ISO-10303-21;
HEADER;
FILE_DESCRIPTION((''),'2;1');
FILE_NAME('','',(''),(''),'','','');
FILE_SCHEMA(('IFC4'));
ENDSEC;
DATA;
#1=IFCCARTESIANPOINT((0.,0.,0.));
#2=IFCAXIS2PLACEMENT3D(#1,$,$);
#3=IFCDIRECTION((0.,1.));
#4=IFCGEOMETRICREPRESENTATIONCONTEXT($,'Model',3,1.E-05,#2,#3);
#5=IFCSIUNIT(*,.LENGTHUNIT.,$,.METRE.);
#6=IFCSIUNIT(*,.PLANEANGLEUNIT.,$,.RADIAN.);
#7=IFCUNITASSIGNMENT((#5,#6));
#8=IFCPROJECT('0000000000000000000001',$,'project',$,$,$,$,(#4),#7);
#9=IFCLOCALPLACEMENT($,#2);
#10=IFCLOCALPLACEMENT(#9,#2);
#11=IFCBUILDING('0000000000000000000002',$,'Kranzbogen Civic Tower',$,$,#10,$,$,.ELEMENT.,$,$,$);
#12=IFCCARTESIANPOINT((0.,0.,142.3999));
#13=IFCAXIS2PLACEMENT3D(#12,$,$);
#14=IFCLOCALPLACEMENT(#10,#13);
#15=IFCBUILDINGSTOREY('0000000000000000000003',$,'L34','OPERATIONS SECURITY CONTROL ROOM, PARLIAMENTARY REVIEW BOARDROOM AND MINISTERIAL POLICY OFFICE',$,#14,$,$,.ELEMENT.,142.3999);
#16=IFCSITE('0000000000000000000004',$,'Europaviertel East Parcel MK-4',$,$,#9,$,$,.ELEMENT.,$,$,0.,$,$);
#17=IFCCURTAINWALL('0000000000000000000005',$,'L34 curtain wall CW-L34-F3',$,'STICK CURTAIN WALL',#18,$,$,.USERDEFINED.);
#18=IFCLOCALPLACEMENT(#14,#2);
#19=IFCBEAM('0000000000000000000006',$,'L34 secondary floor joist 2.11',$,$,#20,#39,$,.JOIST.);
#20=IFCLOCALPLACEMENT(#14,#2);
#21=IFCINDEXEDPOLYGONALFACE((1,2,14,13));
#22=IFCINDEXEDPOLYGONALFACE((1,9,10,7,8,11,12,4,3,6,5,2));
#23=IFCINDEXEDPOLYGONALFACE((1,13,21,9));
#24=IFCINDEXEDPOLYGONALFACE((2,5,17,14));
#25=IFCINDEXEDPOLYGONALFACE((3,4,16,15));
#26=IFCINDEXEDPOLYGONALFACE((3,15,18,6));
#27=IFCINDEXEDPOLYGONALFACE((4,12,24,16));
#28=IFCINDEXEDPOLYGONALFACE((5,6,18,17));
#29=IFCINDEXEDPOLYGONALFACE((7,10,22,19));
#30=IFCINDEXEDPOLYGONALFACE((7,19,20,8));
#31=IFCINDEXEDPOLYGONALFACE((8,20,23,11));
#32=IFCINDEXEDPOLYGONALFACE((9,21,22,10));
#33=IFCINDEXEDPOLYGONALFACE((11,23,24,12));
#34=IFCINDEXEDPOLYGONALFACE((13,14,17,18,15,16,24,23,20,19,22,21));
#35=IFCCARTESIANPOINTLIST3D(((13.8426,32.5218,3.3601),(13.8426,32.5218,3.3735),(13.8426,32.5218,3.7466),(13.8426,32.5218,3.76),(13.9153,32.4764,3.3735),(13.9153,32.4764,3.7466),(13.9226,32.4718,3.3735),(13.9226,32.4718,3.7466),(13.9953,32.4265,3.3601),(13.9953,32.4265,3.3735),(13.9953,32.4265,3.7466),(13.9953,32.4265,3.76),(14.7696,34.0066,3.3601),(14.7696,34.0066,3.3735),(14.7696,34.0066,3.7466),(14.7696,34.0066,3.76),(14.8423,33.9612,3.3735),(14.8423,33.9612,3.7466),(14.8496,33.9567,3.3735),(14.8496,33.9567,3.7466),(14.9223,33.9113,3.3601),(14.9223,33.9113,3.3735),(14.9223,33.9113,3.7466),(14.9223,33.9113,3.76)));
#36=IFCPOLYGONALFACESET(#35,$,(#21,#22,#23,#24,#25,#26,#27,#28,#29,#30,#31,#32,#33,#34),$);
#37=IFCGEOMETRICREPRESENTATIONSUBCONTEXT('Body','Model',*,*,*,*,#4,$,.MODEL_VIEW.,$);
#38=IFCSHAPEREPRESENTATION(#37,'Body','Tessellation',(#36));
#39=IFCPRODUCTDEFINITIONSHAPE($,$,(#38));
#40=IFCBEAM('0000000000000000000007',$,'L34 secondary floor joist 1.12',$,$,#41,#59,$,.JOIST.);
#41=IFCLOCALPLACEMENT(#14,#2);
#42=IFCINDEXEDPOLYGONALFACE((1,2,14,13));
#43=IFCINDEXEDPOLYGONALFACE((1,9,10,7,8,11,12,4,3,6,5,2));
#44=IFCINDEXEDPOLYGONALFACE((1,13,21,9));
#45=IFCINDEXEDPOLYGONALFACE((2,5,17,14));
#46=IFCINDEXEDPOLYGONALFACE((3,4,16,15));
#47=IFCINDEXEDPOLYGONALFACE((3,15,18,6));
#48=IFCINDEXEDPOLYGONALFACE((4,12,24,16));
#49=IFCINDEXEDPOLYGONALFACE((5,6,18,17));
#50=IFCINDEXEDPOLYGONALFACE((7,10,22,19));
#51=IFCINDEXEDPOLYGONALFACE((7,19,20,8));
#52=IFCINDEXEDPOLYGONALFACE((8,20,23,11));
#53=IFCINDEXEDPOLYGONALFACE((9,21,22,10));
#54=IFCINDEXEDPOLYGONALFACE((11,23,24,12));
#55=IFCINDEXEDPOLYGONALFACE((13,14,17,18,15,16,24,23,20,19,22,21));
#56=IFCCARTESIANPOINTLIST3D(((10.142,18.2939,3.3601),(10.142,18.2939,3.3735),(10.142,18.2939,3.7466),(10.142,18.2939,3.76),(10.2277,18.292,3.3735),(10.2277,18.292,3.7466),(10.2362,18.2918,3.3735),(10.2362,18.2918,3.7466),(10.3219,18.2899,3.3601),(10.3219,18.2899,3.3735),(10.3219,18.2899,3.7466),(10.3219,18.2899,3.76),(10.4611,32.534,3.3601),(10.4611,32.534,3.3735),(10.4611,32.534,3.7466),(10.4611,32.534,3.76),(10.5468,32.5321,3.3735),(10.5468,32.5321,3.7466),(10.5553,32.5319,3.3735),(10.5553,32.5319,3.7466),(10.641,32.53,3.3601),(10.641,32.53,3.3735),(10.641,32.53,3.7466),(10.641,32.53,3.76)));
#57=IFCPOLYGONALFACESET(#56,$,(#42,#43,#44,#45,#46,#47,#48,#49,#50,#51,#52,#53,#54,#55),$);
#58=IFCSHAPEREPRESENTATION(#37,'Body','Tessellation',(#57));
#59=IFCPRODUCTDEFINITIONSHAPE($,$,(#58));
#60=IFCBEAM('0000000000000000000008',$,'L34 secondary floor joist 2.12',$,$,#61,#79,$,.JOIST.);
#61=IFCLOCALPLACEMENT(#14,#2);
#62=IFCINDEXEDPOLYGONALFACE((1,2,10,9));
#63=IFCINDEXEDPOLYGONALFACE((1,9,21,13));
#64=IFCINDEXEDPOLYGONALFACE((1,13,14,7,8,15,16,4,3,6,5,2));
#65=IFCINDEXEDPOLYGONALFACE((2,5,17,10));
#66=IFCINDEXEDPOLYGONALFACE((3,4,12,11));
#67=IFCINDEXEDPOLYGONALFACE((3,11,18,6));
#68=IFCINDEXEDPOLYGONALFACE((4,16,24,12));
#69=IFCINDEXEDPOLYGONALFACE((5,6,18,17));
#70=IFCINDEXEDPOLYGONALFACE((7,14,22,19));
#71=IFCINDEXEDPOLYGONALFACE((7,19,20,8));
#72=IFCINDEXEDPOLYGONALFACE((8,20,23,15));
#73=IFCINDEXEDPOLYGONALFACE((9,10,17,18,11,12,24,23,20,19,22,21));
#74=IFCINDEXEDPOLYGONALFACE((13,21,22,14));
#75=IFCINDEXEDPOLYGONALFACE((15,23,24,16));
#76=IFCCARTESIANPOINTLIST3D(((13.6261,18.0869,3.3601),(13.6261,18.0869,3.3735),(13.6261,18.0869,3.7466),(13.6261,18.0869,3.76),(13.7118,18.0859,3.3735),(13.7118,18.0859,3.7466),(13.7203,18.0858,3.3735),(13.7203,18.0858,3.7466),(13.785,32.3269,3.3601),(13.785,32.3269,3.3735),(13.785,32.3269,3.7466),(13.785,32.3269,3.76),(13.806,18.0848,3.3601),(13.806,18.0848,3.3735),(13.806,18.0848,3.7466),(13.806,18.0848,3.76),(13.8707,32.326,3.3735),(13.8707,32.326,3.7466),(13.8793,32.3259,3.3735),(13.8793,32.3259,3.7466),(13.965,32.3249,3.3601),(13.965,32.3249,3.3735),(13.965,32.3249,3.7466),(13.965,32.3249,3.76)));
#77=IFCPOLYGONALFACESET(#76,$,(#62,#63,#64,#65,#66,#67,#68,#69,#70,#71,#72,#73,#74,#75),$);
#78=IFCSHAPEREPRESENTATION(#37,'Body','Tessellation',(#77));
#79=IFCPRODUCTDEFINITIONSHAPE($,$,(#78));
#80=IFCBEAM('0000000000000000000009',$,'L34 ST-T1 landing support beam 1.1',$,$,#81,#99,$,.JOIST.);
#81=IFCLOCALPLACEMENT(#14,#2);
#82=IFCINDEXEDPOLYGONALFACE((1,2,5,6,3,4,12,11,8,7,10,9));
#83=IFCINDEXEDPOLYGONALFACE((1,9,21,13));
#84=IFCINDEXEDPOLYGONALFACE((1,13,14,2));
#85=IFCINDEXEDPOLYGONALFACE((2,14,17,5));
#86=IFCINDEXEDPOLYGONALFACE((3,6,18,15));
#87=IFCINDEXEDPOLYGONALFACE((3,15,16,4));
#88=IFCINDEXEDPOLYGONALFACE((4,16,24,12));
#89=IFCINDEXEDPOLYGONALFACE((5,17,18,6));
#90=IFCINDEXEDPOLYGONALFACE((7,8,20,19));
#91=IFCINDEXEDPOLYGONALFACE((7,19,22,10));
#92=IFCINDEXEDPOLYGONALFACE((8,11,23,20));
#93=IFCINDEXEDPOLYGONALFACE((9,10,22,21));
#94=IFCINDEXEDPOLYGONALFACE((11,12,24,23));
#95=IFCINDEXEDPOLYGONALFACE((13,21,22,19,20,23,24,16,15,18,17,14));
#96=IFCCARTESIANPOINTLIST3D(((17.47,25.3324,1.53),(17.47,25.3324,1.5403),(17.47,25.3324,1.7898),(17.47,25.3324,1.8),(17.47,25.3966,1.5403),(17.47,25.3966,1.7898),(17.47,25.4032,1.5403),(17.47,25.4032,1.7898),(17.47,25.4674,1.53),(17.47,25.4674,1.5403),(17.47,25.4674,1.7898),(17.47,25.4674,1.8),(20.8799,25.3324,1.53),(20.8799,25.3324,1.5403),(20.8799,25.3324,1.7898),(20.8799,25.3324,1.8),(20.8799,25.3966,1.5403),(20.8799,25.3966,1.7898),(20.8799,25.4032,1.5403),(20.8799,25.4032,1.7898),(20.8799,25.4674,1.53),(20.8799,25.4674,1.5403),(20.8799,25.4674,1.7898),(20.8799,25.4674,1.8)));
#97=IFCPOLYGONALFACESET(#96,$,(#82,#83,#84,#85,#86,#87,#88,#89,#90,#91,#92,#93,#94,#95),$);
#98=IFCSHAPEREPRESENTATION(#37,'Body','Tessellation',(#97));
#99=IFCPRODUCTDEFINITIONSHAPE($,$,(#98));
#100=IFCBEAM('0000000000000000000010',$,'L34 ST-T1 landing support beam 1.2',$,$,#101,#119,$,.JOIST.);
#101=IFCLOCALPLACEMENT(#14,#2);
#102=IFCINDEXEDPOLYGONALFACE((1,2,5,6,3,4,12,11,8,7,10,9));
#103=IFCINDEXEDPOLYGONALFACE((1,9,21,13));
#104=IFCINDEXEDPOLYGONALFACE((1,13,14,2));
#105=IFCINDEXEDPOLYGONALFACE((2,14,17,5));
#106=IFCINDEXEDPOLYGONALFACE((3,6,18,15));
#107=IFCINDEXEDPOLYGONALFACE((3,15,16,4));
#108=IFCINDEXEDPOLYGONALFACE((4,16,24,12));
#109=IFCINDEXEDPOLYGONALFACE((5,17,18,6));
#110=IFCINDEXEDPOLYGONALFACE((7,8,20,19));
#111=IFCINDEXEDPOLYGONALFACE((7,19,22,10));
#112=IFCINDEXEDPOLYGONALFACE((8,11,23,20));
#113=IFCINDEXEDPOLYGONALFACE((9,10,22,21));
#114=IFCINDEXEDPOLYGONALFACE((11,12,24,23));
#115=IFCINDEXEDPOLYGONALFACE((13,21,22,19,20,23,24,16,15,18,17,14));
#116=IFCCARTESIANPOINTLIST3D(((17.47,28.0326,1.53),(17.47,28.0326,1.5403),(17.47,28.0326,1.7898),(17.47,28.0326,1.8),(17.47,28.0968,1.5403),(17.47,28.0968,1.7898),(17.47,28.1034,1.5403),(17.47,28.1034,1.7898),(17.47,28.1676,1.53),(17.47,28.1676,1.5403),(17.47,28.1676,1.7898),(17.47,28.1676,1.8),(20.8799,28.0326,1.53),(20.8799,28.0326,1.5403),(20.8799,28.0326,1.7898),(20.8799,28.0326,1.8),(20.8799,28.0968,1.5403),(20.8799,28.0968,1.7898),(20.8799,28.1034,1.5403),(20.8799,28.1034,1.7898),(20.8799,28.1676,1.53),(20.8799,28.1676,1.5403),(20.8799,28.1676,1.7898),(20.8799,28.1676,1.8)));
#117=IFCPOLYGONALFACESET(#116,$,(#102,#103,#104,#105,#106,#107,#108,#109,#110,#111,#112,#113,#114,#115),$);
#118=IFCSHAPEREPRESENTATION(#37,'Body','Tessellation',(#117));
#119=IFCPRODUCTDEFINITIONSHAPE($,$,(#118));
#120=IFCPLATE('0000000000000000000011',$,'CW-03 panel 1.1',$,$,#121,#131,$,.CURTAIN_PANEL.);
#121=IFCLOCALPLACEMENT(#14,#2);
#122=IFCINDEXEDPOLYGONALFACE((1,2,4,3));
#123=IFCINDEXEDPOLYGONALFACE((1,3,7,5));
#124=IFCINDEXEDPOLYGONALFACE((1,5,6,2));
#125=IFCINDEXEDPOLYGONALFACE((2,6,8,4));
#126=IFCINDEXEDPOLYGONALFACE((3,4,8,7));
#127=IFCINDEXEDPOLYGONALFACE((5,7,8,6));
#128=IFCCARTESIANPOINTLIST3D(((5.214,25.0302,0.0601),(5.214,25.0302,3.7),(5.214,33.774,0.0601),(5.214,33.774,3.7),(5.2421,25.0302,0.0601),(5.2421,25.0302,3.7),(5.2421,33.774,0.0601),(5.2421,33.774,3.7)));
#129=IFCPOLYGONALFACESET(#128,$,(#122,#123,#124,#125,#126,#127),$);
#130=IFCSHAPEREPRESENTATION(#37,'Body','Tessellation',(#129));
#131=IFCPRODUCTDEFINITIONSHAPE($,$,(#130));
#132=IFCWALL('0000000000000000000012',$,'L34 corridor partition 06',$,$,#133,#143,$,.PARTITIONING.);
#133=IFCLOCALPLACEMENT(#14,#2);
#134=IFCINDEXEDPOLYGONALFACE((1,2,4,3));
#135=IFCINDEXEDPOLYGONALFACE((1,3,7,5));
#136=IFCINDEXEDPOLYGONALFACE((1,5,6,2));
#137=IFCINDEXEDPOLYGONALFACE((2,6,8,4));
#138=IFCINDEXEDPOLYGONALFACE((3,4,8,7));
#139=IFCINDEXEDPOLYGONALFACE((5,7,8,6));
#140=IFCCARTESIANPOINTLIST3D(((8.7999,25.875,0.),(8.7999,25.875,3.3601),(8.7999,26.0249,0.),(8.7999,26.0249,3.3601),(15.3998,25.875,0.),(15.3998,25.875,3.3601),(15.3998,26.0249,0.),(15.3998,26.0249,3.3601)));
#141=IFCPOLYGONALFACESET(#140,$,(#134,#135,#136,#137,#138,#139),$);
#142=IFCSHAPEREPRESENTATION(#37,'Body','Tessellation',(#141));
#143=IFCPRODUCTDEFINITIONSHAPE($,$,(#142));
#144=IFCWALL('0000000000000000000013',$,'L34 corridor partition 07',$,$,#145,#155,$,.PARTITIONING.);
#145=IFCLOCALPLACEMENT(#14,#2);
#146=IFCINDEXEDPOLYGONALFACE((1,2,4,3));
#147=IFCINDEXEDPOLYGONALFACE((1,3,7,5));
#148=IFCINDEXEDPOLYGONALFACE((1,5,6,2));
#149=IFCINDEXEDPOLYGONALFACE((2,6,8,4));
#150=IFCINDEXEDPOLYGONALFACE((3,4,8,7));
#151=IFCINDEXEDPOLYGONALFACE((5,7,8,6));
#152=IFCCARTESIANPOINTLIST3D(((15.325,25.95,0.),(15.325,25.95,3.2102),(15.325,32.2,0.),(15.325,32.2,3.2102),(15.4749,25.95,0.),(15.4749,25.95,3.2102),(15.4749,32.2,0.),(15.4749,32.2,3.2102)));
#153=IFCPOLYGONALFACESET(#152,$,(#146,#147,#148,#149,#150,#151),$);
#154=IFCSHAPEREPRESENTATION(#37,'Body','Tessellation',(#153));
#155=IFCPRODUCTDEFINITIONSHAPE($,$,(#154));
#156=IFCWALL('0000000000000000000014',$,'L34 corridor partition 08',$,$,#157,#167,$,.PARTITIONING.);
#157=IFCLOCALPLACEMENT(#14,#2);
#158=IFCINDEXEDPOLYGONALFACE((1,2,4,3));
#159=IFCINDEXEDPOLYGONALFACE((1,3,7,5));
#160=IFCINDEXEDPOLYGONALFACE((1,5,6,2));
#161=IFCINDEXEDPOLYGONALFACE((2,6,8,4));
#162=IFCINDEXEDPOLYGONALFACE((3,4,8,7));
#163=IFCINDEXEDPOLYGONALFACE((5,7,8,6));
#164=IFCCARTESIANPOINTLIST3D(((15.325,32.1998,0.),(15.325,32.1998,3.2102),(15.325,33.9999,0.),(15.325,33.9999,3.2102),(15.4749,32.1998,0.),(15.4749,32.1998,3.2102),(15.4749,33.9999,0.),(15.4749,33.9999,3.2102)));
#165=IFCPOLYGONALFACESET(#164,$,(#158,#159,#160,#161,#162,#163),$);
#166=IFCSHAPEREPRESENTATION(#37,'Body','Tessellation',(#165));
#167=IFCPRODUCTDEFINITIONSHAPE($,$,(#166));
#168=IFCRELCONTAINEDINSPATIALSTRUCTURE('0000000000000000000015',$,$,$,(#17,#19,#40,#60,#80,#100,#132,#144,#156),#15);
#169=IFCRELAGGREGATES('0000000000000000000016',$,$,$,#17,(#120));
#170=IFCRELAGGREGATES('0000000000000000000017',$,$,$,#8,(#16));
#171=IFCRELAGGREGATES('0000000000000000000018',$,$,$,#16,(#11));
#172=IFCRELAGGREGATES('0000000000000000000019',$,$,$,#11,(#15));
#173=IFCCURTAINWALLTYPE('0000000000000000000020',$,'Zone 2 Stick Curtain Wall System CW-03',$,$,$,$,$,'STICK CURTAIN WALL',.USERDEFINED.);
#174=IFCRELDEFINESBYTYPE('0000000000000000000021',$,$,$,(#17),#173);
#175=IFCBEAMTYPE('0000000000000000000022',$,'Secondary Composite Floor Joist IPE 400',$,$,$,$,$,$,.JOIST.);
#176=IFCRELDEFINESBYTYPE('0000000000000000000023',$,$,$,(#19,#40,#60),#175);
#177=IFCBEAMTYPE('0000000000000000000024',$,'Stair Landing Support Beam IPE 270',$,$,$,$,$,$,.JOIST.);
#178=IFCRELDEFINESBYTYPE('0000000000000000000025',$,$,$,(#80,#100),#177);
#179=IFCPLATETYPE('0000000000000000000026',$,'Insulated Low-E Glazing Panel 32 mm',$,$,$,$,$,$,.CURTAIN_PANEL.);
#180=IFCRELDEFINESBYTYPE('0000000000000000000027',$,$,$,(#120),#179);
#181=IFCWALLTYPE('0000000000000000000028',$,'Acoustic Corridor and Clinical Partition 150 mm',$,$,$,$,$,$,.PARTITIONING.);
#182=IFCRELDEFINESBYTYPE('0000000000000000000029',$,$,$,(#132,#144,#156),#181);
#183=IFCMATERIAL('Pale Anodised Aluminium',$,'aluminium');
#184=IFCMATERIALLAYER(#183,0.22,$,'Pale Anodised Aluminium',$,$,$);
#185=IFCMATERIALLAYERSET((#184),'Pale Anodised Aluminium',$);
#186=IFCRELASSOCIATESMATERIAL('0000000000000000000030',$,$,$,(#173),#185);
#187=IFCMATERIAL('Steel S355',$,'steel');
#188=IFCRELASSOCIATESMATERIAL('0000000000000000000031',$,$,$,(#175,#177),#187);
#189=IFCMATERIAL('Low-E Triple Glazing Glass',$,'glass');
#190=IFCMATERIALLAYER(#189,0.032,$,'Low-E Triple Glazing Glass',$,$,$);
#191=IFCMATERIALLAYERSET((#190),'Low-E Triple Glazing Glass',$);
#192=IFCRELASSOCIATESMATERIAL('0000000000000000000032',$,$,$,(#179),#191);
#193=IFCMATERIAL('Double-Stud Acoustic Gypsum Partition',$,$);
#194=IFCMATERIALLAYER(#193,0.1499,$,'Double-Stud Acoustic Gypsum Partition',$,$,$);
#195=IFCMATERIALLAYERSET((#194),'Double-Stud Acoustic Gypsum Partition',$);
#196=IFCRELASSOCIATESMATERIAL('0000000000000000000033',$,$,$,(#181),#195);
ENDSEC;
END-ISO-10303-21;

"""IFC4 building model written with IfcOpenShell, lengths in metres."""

from ifc_helpers import new_model, si_unit, direction, frame, frame_2d, origin, origin_2d, place, context, subcontext, project, spatial, rectangle, i_section, extrude, material, layer, layer_set, material_profile, profile_set, type_object, element, aggregate, save


model = new_model("IFC4")

# Units and contexts
model_context = context("Model", 3, precision=1e-05, world=origin(), true_north=direction((0.0, 1.0)))
body_context = subcontext(model_context, "Body", "Model", "MODEL_VIEW")
ifc_project = project(units=[si_unit("LENGTHUNIT", "METRE"), si_unit("PLANEANGLEUNIT", "RADIAN")], contexts=[model_context])

# Site, building, storey
site_placement = place(None, origin())
site = spatial("IfcSite", under=ifc_project, at=site_placement, Name="Europaviertel East Parcel MK-4", CompositionType="ELEMENT", RefElevation=0.0)
building_placement = place(site_placement, origin())
building = spatial("IfcBuilding", under=site, at=building_placement, Name="Kranzbogen Civic Tower", CompositionType="ELEMENT")
storey_placement = place(building_placement, frame((0.0, 0.0, 142.3999)))
storey = spatial("IfcBuildingStorey", under=building, at=storey_placement, Name="L34", Description="OPERATIONS SECURITY CONTROL ROOM, PARLIAMENTARY REVIEW BOARDROOM AND MINISTERIAL POLICY OFFICE", CompositionType="ELEMENT", Elevation=142.3999)

# Shared definitions
ifc_material_1 = material(Name="Steel S355", Category="steel")

# Curtain wall
ifc_material_2 = material(Name="Pale Anodised Aluminium", Category="aluminium")
ifc_layer_1 = layer(ifc_material_2, 0.22, Name="Pale Anodised Aluminium")
ifc_layer_set_1 = layer_set([ifc_layer_1], Name="Pale Anodised Aluminium")
curtain_wall_type = type_object("IfcCurtainWallType", Name="Zone 2 Stick Curtain Wall System CW-03", ElementType="STICK CURTAIN WALL", PredefinedType="USERDEFINED", material=ifc_layer_set_1)
curtain_wall_placement = place(storey_placement, origin())
curtain_wall = element("IfcCurtainWall", 1, at=curtain_wall_placement, inside=storey, type_object=curtain_wall_type, Name="L34 curtain wall CW-L34-F3", ObjectType="STICK CURTAIN WALL", PredefinedType="USERDEFINED")

# Beams
ifc_material_profile_1 = material_profile(ifc_material_1, i_section(OverallWidth=0.1799, OverallDepth=0.3999, WebThickness=0.0085, FlangeThickness=0.0134, at=origin_2d()), Name="IPE 400")
ifc_profile_set_1 = profile_set([ifc_material_profile_1], Name="Steel S355")
beam_type_1 = type_object("IfcBeamType", Name="Secondary Composite Floor Joist IPE 400", PredefinedType="JOIST", material=ifc_profile_set_1)
beam_1_placement = place(storey_placement, frame((14.8459, 33.959, 3.5601), z_axis=(-0.529573, -0.848265, 0.0), x_axis=(0.848265, -0.529573, 0.0)))
element("IfcBeam", 2, at=beam_1_placement, inside=storey, type_object=beam_type_1, Name="L34 secondary floor joist 2.11", PredefinedType="JOIST", context=body_context, shape_type="SweptSolid", body=[
    extrude(i_section(OverallWidth=0.1799, OverallDepth=0.3999, WebThickness=0.0085, FlangeThickness=0.0134, at=origin_2d()), origin(), (0.0, 0.0, 1.0), 1.7505),
])
beam_2_placement = place(storey_placement, frame((10.551, 32.532, 3.5601), z_axis=(-0.022403, -0.999749, 0.0), x_axis=(0.999749, -0.022403, 0.0)))
element("IfcBeam", 3, at=beam_2_placement, inside=storey, type_object=beam_type_1, Name="L34 secondary floor joist 1.12", PredefinedType="JOIST", context=body_context, shape_type="SweptSolid", body=[
    extrude(i_section(OverallWidth=0.1799, OverallDepth=0.3999, WebThickness=0.0085, FlangeThickness=0.0134, at=origin_2d()), origin(), (0.0, 0.0, 1.0), 14.2437),
])
beam_3_placement = place(storey_placement, frame((13.875, 32.3259, 3.5601), z_axis=(-0.011161, -0.999938, 0.0), x_axis=(0.999938, -0.011161, 0.0)))
element("IfcBeam", 4, at=beam_3_placement, inside=storey, type_object=beam_type_1, Name="L34 secondary floor joist 2.12", PredefinedType="JOIST", context=body_context, shape_type="SweptSolid", body=[
    extrude(i_section(OverallWidth=0.1799, OverallDepth=0.3999, WebThickness=0.0085, FlangeThickness=0.0134, at=origin_2d()), origin(), (0.0, 0.0, 1.0), 14.241),
])
ifc_material_profile_2 = material_profile(ifc_material_1, i_section(OverallWidth=0.135, OverallDepth=0.27, WebThickness=0.0066, FlangeThickness=0.0103, at=origin_2d()), Name="IPE 270")
ifc_profile_set_2 = profile_set([ifc_material_profile_2], Name="Steel S355")
beam_type_2 = type_object("IfcBeamType", Name="Stair Landing Support Beam IPE 270", PredefinedType="JOIST", material=ifc_profile_set_2)
for number, where, z_axis, x_axis, name in (
    (5, (20.8799, 25.3999, 1.665), (-1.0, 0.0, 0.0), (0.0, -1.0, 0.0), "L34 ST-T1 landing support beam 1.1"),
    (6, (20.8799, 28.1001, 1.665), (-1.0, 0.0, 0.0), (0.0, -1.0, 0.0), "L34 ST-T1 landing support beam 1.2"),
):
    element("IfcBeam", number, at=place(storey_placement, frame(where, z_axis=z_axis, x_axis=x_axis)), inside=storey, type_object=beam_type_2, Name=name, PredefinedType="JOIST", context=body_context, shape_type="SweptSolid", body=[
        extrude(i_section(OverallWidth=0.135, OverallDepth=0.27, WebThickness=0.0066, FlangeThickness=0.0103, at=origin_2d()), origin(), (0.0, 0.0, 1.0), 3.4099),
    ])

# Plate
ifc_material_3 = material(Name="Low-E Triple Glazing Glass", Category="glass")
ifc_layer_2 = layer(ifc_material_3, 0.032, Name="Low-E Triple Glazing Glass")
ifc_layer_set_2 = layer_set([ifc_layer_2], Name="Low-E Triple Glazing Glass")
plate_type = type_object("IfcPlateType", Name="Insulated Low-E Glazing Panel 32 mm", PredefinedType="CURTAIN_PANEL", material=ifc_layer_set_2)
plate_placement = place(storey_placement, frame((5.228, 29.4021, 0.0601), z_axis=(0.0, 0.0, 1.0), x_axis=(0.0, -1.0, 0.0)))
plate = element("IfcPlate", 7, at=plate_placement, type_object=plate_type, Name="CW-03 panel 1.1", PredefinedType="CURTAIN_PANEL", context=body_context, shape_type="SweptSolid", body=[
    extrude(rectangle(XDim=8.7439, YDim=0.0281, at=origin_2d()), origin(), (0.0, 0.0, 1.0), 3.6399),
])
aggregate(curtain_wall, [plate])

# Walls
ifc_material_4 = material(Name="Double-Stud Acoustic Gypsum Partition")
ifc_layer_3 = layer(ifc_material_4, 0.1499, Name="Double-Stud Acoustic Gypsum Partition")
ifc_layer_set_3 = layer_set([ifc_layer_3], Name="Double-Stud Acoustic Gypsum Partition")
wall_type_1 = type_object("IfcWallType", Name="Acoustic Corridor and Clinical Partition 150 mm", PredefinedType="PARTITIONING", material=ifc_layer_set_3)
wall_1_placement = place(storey_placement, frame((8.8, 25.95, 0.0), z_axis=(0.0, 0.0, 1.0), x_axis=(1.0, 0.0, 0.0)))
element("IfcWall", 8, at=wall_1_placement, inside=storey, type_object=wall_type_1, Name="L34 corridor partition 06", PredefinedType="PARTITIONING", context=body_context, shape_type="SweptSolid", body=[
    extrude(rectangle(XDim=6.5999, YDim=0.1499, at=frame_2d((3.2998, 0.0))), origin(), (0.0, 0.0, 1.0), 3.3601),
])
wall_2_placement = place(storey_placement, frame((15.3999, 25.95, 0.0), z_axis=(0.0, 0.0, 1.0), x_axis=(0.0, 1.0, 0.0)))
element("IfcWall", 9, at=wall_2_placement, inside=storey, type_object=wall_type_1, Name="L34 corridor partition 07", PredefinedType="PARTITIONING", context=body_context, shape_type="SweptSolid", body=[
    extrude(rectangle(XDim=6.25, YDim=0.1499, at=frame_2d((3.125, 0.0))), origin(), (0.0, 0.0, 1.0), 3.2102),
])
wall_3_placement = place(storey_placement, frame((15.3999, 32.2, 0.0), z_axis=(0.0, 0.0, 1.0), x_axis=(0.0, 1.0, 0.0)))
element("IfcWall", 10, at=wall_3_placement, inside=storey, type_object=wall_type_1, Name="L34 corridor partition 08", PredefinedType="PARTITIONING", context=body_context, shape_type="SweptSolid", body=[
    extrude(rectangle(XDim=1.8, YDim=0.1499, at=frame_2d((0.8999, 0.0))), origin(), (0.0, 0.0, 1.0), 3.2102),
])

save(model, "model.ifc")
